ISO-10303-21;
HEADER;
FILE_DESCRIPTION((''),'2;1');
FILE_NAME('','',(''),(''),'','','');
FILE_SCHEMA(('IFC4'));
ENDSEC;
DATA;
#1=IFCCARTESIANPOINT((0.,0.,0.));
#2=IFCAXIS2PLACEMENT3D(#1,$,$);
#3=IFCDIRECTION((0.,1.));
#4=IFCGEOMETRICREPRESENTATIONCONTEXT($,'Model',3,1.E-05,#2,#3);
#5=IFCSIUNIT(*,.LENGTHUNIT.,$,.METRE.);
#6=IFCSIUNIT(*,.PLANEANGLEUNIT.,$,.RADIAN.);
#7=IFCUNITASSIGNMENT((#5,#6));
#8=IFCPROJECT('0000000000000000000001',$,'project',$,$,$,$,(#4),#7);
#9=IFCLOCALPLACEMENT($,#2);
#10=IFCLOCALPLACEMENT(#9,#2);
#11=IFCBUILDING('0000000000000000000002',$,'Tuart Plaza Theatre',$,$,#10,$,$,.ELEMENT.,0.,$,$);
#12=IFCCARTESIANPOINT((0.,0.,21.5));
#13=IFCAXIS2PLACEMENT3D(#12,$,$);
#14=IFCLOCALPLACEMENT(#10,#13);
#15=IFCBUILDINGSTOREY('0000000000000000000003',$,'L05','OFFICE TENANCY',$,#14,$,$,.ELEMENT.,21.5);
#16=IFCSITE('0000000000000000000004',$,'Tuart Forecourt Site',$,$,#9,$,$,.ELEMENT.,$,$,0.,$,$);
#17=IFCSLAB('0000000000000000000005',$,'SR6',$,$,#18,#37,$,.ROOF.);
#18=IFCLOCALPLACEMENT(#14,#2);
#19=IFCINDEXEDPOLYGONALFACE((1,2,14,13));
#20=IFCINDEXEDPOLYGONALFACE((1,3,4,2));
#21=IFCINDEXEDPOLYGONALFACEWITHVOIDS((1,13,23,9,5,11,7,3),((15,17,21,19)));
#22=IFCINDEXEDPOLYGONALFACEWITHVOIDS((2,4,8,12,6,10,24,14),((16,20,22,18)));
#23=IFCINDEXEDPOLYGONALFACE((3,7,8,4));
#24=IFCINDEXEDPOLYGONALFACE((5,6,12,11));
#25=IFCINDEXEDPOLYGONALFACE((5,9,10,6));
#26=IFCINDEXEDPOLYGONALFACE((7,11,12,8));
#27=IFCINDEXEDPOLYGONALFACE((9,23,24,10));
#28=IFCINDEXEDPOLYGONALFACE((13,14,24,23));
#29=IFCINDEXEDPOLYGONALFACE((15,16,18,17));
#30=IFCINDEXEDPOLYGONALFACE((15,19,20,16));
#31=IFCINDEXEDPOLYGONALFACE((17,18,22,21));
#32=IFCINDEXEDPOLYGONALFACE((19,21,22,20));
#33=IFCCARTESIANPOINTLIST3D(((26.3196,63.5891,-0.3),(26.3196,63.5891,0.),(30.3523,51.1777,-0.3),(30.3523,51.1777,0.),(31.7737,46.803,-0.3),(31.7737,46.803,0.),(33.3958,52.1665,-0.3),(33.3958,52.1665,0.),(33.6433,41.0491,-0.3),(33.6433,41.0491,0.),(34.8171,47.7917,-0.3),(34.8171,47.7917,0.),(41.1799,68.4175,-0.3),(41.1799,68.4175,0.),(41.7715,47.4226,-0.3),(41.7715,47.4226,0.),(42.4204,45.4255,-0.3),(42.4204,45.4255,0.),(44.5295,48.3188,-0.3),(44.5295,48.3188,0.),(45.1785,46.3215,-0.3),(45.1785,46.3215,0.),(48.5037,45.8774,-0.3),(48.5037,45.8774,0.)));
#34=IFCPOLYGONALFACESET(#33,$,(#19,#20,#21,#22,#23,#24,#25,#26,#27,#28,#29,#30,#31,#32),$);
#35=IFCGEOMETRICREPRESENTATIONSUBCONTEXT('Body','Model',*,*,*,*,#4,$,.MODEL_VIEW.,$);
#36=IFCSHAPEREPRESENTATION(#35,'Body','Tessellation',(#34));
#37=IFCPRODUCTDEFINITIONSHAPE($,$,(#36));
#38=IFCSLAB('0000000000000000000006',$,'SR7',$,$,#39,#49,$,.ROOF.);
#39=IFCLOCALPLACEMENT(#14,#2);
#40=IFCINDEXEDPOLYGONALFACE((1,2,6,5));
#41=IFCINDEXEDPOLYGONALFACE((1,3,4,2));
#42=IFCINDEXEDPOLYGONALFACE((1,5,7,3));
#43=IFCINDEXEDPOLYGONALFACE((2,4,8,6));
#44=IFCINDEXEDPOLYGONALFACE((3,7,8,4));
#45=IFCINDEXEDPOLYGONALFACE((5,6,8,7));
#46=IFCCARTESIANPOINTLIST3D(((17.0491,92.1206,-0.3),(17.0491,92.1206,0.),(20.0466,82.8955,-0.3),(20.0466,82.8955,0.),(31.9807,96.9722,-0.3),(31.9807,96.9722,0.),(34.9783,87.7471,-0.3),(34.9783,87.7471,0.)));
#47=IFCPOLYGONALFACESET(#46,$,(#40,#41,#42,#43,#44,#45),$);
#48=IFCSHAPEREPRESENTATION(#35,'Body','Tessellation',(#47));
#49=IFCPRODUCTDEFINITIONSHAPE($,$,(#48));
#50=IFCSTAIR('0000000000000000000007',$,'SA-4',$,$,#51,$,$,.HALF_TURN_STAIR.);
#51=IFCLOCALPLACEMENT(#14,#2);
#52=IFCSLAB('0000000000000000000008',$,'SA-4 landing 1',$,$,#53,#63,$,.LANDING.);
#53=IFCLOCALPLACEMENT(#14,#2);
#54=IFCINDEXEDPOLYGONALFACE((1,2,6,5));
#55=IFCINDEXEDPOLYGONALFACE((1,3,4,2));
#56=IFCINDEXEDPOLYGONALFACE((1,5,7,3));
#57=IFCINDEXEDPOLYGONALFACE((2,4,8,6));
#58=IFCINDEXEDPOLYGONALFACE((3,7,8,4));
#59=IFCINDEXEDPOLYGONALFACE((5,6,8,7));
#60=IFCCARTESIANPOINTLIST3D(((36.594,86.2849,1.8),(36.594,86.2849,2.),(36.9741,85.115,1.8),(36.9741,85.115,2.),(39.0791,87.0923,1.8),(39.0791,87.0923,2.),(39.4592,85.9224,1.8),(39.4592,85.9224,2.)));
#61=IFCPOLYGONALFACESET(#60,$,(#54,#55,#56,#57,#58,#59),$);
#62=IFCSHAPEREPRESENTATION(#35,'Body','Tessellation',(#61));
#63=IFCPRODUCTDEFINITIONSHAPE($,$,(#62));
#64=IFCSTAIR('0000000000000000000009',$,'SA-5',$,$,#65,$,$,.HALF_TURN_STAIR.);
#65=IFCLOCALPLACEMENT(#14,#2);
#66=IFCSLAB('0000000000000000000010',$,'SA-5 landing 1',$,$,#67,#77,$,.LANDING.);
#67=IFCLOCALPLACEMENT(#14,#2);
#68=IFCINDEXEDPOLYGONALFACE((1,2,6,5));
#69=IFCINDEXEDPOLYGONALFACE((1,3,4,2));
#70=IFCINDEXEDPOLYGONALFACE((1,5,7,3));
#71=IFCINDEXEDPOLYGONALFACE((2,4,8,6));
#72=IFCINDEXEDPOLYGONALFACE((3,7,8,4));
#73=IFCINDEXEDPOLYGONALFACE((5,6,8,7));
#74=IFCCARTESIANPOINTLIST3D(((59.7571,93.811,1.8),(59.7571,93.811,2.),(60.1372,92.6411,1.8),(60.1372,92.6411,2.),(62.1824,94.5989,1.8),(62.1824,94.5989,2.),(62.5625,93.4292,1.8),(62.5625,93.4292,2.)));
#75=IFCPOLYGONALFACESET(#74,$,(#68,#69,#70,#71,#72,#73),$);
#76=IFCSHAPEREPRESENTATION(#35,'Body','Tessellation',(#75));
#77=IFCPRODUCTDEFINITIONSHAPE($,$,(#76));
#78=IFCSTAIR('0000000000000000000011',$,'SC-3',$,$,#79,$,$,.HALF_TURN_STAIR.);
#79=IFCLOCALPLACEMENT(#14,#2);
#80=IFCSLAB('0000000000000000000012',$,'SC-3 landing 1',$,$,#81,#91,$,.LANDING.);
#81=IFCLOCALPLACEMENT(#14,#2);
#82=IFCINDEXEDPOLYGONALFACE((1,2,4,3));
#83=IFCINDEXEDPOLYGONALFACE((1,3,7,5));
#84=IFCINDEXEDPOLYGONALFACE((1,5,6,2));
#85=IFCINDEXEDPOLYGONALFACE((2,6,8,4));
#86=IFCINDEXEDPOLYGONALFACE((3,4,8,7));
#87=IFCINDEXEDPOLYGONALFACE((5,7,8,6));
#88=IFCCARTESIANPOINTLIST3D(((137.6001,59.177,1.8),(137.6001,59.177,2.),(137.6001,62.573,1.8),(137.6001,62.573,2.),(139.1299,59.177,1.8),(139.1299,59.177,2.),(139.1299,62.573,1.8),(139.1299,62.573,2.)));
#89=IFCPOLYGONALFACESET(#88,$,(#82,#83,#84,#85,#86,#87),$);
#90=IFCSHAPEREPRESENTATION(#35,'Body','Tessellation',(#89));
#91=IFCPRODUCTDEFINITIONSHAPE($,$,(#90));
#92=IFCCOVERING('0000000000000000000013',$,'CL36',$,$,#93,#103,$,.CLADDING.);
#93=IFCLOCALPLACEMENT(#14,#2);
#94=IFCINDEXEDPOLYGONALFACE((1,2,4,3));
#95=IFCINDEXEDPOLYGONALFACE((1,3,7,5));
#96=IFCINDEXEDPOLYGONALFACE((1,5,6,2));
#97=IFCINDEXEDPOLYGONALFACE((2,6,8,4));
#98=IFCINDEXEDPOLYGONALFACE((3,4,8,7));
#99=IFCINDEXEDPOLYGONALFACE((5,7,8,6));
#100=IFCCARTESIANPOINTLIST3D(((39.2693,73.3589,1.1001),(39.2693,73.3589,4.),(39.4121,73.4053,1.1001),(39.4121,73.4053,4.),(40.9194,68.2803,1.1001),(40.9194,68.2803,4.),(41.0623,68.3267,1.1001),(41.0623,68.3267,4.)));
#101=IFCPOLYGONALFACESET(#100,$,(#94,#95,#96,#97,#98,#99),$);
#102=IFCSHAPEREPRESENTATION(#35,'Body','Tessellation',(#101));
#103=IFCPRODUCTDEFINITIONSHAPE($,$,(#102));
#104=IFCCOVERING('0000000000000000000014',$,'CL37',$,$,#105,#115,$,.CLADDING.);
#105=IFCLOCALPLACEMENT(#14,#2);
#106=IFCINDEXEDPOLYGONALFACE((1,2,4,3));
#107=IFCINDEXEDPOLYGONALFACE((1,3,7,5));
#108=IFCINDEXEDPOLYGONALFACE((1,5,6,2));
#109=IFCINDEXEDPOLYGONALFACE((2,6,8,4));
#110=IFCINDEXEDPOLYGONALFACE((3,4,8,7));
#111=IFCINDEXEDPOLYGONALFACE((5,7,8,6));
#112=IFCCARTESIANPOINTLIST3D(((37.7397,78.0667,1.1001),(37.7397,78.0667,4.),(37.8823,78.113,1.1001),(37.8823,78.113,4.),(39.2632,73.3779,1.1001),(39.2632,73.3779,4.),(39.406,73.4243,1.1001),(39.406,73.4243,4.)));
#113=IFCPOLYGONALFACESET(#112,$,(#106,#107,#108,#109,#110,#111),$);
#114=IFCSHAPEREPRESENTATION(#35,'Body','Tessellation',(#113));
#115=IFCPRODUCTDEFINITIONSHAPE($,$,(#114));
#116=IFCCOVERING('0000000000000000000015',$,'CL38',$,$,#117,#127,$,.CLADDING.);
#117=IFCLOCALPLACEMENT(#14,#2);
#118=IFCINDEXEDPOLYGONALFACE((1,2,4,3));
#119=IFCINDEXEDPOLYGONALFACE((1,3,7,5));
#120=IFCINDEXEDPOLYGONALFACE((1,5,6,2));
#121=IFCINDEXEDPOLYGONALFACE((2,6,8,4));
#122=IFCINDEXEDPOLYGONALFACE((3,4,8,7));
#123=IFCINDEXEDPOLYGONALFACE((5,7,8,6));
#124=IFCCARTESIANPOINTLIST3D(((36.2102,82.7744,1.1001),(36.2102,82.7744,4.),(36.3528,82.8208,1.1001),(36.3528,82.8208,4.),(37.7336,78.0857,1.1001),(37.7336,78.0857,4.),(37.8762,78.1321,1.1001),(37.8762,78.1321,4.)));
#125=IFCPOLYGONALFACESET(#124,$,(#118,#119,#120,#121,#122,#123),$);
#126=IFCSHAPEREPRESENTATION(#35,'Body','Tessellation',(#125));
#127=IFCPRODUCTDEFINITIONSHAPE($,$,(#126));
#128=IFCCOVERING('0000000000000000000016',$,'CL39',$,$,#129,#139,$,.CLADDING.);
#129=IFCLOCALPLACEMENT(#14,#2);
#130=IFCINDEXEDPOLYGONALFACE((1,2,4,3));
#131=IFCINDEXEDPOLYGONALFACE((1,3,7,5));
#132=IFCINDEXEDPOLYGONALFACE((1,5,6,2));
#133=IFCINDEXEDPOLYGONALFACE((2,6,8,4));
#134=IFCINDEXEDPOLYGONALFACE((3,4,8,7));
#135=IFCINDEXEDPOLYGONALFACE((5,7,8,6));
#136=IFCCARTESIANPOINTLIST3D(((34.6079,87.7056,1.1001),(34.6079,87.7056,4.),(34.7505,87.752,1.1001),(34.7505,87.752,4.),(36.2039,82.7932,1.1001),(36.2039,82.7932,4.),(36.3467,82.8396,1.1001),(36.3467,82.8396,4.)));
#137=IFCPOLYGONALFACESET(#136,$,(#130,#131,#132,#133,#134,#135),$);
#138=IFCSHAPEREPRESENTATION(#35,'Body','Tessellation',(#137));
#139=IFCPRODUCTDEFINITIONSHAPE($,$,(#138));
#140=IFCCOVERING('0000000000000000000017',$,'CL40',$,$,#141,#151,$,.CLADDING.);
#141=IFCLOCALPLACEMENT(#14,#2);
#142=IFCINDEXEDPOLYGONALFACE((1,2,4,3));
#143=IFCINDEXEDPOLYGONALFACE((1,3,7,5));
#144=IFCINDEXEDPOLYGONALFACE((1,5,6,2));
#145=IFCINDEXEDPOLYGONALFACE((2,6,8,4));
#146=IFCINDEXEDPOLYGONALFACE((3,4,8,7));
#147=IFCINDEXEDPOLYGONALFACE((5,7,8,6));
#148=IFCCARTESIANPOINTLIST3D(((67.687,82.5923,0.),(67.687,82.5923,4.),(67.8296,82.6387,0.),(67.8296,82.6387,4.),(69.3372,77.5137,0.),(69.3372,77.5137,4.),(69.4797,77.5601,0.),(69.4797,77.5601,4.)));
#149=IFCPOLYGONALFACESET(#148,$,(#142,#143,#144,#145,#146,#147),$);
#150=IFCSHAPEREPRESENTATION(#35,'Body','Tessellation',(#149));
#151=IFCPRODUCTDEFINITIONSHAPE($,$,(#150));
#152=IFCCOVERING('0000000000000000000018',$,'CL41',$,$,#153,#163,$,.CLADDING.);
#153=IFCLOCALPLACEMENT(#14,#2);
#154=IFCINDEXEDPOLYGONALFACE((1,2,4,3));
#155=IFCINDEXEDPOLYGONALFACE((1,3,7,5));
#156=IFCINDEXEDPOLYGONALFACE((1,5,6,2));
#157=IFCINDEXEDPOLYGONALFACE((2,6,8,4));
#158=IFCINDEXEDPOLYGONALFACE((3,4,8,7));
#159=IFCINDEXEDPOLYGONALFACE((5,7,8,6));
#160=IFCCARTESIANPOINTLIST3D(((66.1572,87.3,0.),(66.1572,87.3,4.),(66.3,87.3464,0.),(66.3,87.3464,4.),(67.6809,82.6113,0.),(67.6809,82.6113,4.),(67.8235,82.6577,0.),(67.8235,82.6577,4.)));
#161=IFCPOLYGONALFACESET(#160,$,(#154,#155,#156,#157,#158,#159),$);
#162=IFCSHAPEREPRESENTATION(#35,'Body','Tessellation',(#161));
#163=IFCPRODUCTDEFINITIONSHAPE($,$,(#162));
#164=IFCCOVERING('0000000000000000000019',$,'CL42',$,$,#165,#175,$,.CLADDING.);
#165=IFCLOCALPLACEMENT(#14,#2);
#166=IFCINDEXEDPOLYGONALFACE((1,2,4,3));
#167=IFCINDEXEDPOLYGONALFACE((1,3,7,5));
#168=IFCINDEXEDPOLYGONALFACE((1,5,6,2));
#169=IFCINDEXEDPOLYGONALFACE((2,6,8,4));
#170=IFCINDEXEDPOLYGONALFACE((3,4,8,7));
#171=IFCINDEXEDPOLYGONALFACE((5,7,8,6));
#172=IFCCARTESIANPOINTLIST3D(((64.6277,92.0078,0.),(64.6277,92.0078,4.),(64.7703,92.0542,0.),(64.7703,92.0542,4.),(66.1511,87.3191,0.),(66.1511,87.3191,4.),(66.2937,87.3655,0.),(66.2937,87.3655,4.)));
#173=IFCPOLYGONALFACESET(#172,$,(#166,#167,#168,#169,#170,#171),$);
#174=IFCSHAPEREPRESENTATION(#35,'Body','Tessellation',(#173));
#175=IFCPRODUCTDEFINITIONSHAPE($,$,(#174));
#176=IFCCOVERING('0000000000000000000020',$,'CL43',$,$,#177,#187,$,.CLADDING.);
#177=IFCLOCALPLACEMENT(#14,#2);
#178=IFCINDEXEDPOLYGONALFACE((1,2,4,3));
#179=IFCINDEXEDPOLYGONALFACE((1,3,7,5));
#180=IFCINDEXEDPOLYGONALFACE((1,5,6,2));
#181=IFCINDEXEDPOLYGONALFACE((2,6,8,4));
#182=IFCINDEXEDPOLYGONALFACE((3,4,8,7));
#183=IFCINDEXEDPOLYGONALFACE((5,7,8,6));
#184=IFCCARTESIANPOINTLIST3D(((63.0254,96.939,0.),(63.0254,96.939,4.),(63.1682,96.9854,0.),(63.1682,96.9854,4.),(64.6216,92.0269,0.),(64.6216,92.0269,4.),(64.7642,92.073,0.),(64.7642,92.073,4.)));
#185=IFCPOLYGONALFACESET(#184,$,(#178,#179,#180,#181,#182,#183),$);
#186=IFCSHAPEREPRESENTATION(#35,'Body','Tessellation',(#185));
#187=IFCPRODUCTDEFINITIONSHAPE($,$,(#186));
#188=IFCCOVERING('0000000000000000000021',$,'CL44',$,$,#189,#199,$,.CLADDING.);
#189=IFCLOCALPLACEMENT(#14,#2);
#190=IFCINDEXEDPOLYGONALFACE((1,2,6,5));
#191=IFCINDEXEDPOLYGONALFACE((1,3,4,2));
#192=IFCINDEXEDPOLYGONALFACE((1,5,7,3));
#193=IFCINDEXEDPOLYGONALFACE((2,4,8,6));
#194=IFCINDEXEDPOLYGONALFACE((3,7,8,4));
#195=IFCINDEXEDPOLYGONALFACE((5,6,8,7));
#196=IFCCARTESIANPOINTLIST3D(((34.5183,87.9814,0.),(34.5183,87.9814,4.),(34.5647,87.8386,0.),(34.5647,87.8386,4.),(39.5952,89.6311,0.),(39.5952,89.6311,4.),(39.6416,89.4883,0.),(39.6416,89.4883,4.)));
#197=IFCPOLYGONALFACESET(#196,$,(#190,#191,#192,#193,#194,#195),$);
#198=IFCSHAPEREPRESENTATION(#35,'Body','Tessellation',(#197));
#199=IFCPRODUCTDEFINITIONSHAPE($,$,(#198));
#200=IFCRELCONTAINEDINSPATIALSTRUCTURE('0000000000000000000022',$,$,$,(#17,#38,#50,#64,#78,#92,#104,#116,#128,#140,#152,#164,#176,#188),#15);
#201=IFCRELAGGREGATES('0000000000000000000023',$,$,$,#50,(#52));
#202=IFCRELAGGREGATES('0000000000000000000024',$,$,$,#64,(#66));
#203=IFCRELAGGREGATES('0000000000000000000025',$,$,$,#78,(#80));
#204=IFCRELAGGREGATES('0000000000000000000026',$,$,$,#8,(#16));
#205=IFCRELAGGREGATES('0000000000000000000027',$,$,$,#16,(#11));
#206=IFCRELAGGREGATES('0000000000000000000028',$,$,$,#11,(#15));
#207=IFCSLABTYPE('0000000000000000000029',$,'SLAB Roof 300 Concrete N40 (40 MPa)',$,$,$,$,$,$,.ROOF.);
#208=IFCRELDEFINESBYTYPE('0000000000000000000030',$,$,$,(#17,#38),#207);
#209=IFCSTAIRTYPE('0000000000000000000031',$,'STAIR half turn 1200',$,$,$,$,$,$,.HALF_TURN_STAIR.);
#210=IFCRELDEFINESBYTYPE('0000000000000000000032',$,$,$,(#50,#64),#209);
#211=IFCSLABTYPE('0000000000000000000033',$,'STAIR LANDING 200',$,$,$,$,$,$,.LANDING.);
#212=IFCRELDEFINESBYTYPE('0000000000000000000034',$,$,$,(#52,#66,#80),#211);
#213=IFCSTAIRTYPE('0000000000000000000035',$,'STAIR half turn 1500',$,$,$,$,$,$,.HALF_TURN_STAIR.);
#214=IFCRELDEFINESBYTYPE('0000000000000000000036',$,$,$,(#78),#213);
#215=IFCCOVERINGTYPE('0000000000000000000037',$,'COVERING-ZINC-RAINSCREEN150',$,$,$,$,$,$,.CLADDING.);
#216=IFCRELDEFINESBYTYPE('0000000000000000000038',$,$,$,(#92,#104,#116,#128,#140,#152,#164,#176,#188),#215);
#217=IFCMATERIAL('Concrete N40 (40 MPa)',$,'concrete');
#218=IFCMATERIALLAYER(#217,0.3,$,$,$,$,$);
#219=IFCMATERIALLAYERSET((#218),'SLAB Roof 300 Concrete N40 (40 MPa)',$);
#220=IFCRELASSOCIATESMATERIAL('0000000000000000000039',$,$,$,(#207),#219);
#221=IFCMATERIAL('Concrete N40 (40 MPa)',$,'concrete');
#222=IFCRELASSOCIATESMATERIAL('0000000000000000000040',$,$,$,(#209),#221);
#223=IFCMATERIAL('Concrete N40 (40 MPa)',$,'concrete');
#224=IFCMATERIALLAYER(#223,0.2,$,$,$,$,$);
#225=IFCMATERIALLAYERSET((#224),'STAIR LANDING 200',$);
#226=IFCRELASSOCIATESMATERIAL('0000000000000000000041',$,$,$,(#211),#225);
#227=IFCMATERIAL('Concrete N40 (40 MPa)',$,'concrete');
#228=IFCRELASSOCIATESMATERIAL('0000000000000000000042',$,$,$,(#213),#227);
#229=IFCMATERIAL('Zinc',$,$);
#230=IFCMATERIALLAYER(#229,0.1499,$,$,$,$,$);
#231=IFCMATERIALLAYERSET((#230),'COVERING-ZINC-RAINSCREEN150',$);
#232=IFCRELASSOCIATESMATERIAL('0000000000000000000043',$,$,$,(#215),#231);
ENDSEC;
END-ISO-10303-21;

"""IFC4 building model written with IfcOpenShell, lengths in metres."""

from ifc_helpers import new_model, si_unit, direction, frame, origin, place, context, subcontext, project, spatial, polyline, outline, extrude, material, layer, layer_set, type_object, element, aggregate, save


model = new_model("IFC4")

# Units and contexts
model_context = context("Model", 3, precision=1e-05, world=origin(), true_north=direction((0.0, 1.0)))
body_context = subcontext(model_context, "Body", "Model", "MODEL_VIEW")
ifc_project = project(units=[si_unit("LENGTHUNIT", "METRE"), si_unit("PLANEANGLEUNIT", "RADIAN")], contexts=[model_context])

# Site, building, storey
site_placement = place(None, origin())
site = spatial("IfcSite", under=ifc_project, at=site_placement, Name="Tuart Forecourt Site", CompositionType="ELEMENT", RefElevation=0.0)
building_placement = place(site_placement, origin())
building = spatial("IfcBuilding", under=site, at=building_placement, Name="Tuart Plaza Theatre", CompositionType="ELEMENT", ElevationOfRefHeight=0.0)
storey_placement = place(building_placement, frame((0.0, 0.0, 21.5)))
storey = spatial("IfcBuildingStorey", under=building, at=storey_placement, Name="L05", Description="OFFICE TENANCY", CompositionType="ELEMENT", Elevation=21.5)

# Slabs
ifc_material_1 = material(Name="Concrete N40 (40 MPa)", Category="concrete")
ifc_layer_1 = layer(ifc_material_1, 0.3)
ifc_layer_set_1 = layer_set([ifc_layer_1], Name="SLAB Roof 300 Concrete N40 (40 MPa)")
slab_type_1 = type_object("IfcSlabType", Name="SLAB Roof 300 Concrete N40 (40 MPa)", PredefinedType="ROOF", material=ifc_layer_set_1)
slab_1_placement = place(storey_placement, frame((0.0, 0.0, -0.3)))
element("IfcSlab", 1, at=slab_1_placement, inside=storey, type_object=slab_type_1, Name="SR6", PredefinedType="ROOF", context=body_context, shape_type="SweptSolid", body=[
    extrude(outline(polyline([(33.6433, 41.0491), (48.5037, 45.8774), (41.1799, 68.4175), (26.3196, 63.5891), (30.3523, 51.1777), (33.3958, 52.1665), (34.8171, 47.7917), (31.7737, 46.803), (33.6433, 41.0491)]), holes=[polyline([(44.5295, 48.3188), (41.7715, 47.4226), (42.4204, 45.4255), (45.1785, 46.3215), (44.5295, 48.3188)])]), origin(), (0.0, 0.0, 1.0), 0.3),
])
slab_2_placement = place(storey_placement, frame((0.0, 0.0, -0.3)))
element("IfcSlab", 2, at=slab_2_placement, inside=storey, type_object=slab_type_1, Name="SR7", PredefinedType="ROOF", context=body_context, shape_type="SweptSolid", body=[
    extrude(outline(polyline([(34.9783, 87.7471), (31.9807, 96.9722), (17.0491, 92.1206), (20.0466, 82.8955), (34.9783, 87.7471)])), origin(), (0.0, 0.0, 1.0), 0.3),
])

# Stairs, slabs
ifc_material_2 = material(Name="Concrete N40 (40 MPa)", Category="concrete")
stair_type_1 = type_object("IfcStairType", Name="STAIR half turn 1200", PredefinedType="HALF_TURN_STAIR", material=ifc_material_2)
stair_1_placement = place(storey_placement, origin())
stair_1 = element("IfcStair", 3, at=stair_1_placement, inside=storey, type_object=stair_type_1, Name="SA-4", PredefinedType="HALF_TURN_STAIR")
ifc_material_3 = material(Name="Concrete N40 (40 MPa)", Category="concrete")
ifc_layer_2 = layer(ifc_material_3, 0.2)
ifc_layer_set_2 = layer_set([ifc_layer_2], Name="STAIR LANDING 200")
slab_type_2 = type_object("IfcSlabType", Name="STAIR LANDING 200", PredefinedType="LANDING", material=ifc_layer_set_2)
slab_3_placement = place(storey_placement, frame((0.0, 0.0, 1.8)))
slab_3 = element("IfcSlab", 4, at=slab_3_placement, type_object=slab_type_2, Name="SA-4 landing 1", PredefinedType="LANDING", context=body_context, shape_type="SweptSolid", body=[
    extrude(outline(polyline([(39.4592, 85.9224), (39.0791, 87.0923), (36.594, 86.2849), (36.9741, 85.115), (39.4592, 85.9224)])), origin(), (0.0, 0.0, 1.0), 0.2),
])
aggregate(stair_1, [slab_3])
stair_2_placement = place(storey_placement, origin())
stair_2 = element("IfcStair", 5, at=stair_2_placement, inside=storey, type_object=stair_type_1, Name="SA-5", PredefinedType="HALF_TURN_STAIR")
slab_4_placement = place(storey_placement, frame((0.0, 0.0, 1.8)))
slab_4 = element("IfcSlab", 6, at=slab_4_placement, type_object=slab_type_2, Name="SA-5 landing 1", PredefinedType="LANDING", context=body_context, shape_type="SweptSolid", body=[
    extrude(outline(polyline([(60.1372, 92.6411), (59.7571, 93.811), (62.1824, 94.5989), (62.5625, 93.4292), (60.1372, 92.6411)])), origin(), (0.0, 0.0, 1.0), 0.2),
])
aggregate(stair_2, [slab_4])
ifc_material_4 = material(Name="Concrete N40 (40 MPa)", Category="concrete")
stair_type_2 = type_object("IfcStairType", Name="STAIR half turn 1500", PredefinedType="HALF_TURN_STAIR", material=ifc_material_4)
stair_3_placement = place(storey_placement, origin())
stair_3 = element("IfcStair", 7, at=stair_3_placement, inside=storey, type_object=stair_type_2, Name="SC-3", PredefinedType="HALF_TURN_STAIR")
slab_5_placement = place(storey_placement, frame((0.0, 0.0, 1.8)))
slab_5 = element("IfcSlab", 8, at=slab_5_placement, type_object=slab_type_2, Name="SC-3 landing 1", PredefinedType="LANDING", context=body_context, shape_type="SweptSolid", body=[
    extrude(outline(polyline([(137.6001, 59.177), (139.1299, 59.177), (139.1299, 62.573), (137.6001, 62.573), (137.6001, 59.177)])), origin(), (0.0, 0.0, 1.0), 0.2),
])
aggregate(stair_3, [slab_5])

# Coverings
ifc_material_5 = material(Name="Zinc")
ifc_layer_3 = layer(ifc_material_5, 0.1499)
ifc_layer_set_3 = layer_set([ifc_layer_3], Name="COVERING-ZINC-RAINSCREEN150")
covering_type = type_object("IfcCoveringType", Name="COVERING-ZINC-RAINSCREEN150", PredefinedType="CLADDING", material=ifc_layer_set_3)
covering_1_placement = place(storey_placement, frame((0.0, 0.0, 1.1001)))
element("IfcCovering", 9, at=covering_1_placement, inside=storey, type_object=covering_type, Name="CL36", PredefinedType="CLADDING", context=body_context, shape_type="SweptSolid", body=[
    extrude(outline(polyline([(40.9194, 68.2803), (39.2693, 73.3589), (39.4121, 73.4053), (41.0623, 68.3267), (40.9194, 68.2803)])), origin(), (0.0, 0.0, 1.0), 2.8999),
])
covering_2_placement = place(storey_placement, frame((0.0, 0.0, 1.1001)))
element("IfcCovering", 10, at=covering_2_placement, inside=storey, type_object=covering_type, Name="CL37", PredefinedType="CLADDING", context=body_context, shape_type="SweptSolid", body=[
    extrude(outline(polyline([(39.2632, 73.3779), (37.7397, 78.0667), (37.8823, 78.113), (39.406, 73.4243), (39.2632, 73.3779)])), origin(), (0.0, 0.0, 1.0), 2.8999),
])
covering_3_placement = place(storey_placement, frame((0.0, 0.0, 1.1001)))
element("IfcCovering", 11, at=covering_3_placement, inside=storey, type_object=covering_type, Name="CL38", PredefinedType="CLADDING", context=body_context, shape_type="SweptSolid", body=[
    extrude(outline(polyline([(37.7336, 78.0857), (36.2102, 82.7744), (36.3528, 82.8208), (37.8762, 78.1321), (37.7336, 78.0857)])), origin(), (0.0, 0.0, 1.0), 2.8999),
])
covering_4_placement = place(storey_placement, frame((0.0, 0.0, 1.1001)))
element("IfcCovering", 12, at=covering_4_placement, inside=storey, type_object=covering_type, Name="CL39", PredefinedType="CLADDING", context=body_context, shape_type="SweptSolid", body=[
    extrude(outline(polyline([(36.2039, 82.7932), (34.6079, 87.7056), (34.7505, 87.752), (36.3467, 82.8396), (36.2039, 82.7932)])), origin(), (0.0, 0.0, 1.0), 2.8999),
])
covering_5_placement = place(storey_placement, origin())
element("IfcCovering", 13, at=covering_5_placement, inside=storey, type_object=covering_type, Name="CL40", PredefinedType="CLADDING", context=body_context, shape_type="SweptSolid", body=[
    extrude(outline(polyline([(69.3372, 77.5137), (67.687, 82.5923), (67.8296, 82.6387), (69.4797, 77.5601), (69.3372, 77.5137)])), origin(), (0.0, 0.0, 1.0), 4.0),
])
covering_6_placement = place(storey_placement, origin())
element("IfcCovering", 14, at=covering_6_placement, inside=storey, type_object=covering_type, Name="CL41", PredefinedType="CLADDING", context=body_context, shape_type="SweptSolid", body=[
    extrude(outline(polyline([(67.6809, 82.6113), (66.1572, 87.3), (66.3, 87.3464), (67.8235, 82.6577), (67.6809, 82.6113)])), origin(), (0.0, 0.0, 1.0), 4.0),
])
covering_7_placement = place(storey_placement, origin())
element("IfcCovering", 15, at=covering_7_placement, inside=storey, type_object=covering_type, Name="CL42", PredefinedType="CLADDING", context=body_context, shape_type="SweptSolid", body=[
    extrude(outline(polyline([(66.1511, 87.3191), (64.6277, 92.0078), (64.7703, 92.0542), (66.2937, 87.3655), (66.1511, 87.3191)])), origin(), (0.0, 0.0, 1.0), 4.0),
])
covering_8_placement = place(storey_placement, origin())
element("IfcCovering", 16, at=covering_8_placement, inside=storey, type_object=covering_type, Name="CL43", PredefinedType="CLADDING", context=body_context, shape_type="SweptSolid", body=[
    extrude(outline(polyline([(64.6216, 92.0269), (63.0254, 96.939), (63.1682, 96.9854), (64.7642, 92.073), (64.6216, 92.0269)])), origin(), (0.0, 0.0, 1.0), 4.0),
])
covering_9_placement = place(storey_placement, origin())
element("IfcCovering", 17, at=covering_9_placement, inside=storey, type_object=covering_type, Name="CL44", PredefinedType="CLADDING", context=body_context, shape_type="SweptSolid", body=[
    extrude(outline(polyline([(34.5183, 87.9814), (39.5952, 89.6311), (39.6416, 89.4883), (34.5647, 87.8386), (34.5183, 87.9814)])), origin(), (0.0, 0.0, 1.0), 4.0),
])

save(model, "model.ifc")
